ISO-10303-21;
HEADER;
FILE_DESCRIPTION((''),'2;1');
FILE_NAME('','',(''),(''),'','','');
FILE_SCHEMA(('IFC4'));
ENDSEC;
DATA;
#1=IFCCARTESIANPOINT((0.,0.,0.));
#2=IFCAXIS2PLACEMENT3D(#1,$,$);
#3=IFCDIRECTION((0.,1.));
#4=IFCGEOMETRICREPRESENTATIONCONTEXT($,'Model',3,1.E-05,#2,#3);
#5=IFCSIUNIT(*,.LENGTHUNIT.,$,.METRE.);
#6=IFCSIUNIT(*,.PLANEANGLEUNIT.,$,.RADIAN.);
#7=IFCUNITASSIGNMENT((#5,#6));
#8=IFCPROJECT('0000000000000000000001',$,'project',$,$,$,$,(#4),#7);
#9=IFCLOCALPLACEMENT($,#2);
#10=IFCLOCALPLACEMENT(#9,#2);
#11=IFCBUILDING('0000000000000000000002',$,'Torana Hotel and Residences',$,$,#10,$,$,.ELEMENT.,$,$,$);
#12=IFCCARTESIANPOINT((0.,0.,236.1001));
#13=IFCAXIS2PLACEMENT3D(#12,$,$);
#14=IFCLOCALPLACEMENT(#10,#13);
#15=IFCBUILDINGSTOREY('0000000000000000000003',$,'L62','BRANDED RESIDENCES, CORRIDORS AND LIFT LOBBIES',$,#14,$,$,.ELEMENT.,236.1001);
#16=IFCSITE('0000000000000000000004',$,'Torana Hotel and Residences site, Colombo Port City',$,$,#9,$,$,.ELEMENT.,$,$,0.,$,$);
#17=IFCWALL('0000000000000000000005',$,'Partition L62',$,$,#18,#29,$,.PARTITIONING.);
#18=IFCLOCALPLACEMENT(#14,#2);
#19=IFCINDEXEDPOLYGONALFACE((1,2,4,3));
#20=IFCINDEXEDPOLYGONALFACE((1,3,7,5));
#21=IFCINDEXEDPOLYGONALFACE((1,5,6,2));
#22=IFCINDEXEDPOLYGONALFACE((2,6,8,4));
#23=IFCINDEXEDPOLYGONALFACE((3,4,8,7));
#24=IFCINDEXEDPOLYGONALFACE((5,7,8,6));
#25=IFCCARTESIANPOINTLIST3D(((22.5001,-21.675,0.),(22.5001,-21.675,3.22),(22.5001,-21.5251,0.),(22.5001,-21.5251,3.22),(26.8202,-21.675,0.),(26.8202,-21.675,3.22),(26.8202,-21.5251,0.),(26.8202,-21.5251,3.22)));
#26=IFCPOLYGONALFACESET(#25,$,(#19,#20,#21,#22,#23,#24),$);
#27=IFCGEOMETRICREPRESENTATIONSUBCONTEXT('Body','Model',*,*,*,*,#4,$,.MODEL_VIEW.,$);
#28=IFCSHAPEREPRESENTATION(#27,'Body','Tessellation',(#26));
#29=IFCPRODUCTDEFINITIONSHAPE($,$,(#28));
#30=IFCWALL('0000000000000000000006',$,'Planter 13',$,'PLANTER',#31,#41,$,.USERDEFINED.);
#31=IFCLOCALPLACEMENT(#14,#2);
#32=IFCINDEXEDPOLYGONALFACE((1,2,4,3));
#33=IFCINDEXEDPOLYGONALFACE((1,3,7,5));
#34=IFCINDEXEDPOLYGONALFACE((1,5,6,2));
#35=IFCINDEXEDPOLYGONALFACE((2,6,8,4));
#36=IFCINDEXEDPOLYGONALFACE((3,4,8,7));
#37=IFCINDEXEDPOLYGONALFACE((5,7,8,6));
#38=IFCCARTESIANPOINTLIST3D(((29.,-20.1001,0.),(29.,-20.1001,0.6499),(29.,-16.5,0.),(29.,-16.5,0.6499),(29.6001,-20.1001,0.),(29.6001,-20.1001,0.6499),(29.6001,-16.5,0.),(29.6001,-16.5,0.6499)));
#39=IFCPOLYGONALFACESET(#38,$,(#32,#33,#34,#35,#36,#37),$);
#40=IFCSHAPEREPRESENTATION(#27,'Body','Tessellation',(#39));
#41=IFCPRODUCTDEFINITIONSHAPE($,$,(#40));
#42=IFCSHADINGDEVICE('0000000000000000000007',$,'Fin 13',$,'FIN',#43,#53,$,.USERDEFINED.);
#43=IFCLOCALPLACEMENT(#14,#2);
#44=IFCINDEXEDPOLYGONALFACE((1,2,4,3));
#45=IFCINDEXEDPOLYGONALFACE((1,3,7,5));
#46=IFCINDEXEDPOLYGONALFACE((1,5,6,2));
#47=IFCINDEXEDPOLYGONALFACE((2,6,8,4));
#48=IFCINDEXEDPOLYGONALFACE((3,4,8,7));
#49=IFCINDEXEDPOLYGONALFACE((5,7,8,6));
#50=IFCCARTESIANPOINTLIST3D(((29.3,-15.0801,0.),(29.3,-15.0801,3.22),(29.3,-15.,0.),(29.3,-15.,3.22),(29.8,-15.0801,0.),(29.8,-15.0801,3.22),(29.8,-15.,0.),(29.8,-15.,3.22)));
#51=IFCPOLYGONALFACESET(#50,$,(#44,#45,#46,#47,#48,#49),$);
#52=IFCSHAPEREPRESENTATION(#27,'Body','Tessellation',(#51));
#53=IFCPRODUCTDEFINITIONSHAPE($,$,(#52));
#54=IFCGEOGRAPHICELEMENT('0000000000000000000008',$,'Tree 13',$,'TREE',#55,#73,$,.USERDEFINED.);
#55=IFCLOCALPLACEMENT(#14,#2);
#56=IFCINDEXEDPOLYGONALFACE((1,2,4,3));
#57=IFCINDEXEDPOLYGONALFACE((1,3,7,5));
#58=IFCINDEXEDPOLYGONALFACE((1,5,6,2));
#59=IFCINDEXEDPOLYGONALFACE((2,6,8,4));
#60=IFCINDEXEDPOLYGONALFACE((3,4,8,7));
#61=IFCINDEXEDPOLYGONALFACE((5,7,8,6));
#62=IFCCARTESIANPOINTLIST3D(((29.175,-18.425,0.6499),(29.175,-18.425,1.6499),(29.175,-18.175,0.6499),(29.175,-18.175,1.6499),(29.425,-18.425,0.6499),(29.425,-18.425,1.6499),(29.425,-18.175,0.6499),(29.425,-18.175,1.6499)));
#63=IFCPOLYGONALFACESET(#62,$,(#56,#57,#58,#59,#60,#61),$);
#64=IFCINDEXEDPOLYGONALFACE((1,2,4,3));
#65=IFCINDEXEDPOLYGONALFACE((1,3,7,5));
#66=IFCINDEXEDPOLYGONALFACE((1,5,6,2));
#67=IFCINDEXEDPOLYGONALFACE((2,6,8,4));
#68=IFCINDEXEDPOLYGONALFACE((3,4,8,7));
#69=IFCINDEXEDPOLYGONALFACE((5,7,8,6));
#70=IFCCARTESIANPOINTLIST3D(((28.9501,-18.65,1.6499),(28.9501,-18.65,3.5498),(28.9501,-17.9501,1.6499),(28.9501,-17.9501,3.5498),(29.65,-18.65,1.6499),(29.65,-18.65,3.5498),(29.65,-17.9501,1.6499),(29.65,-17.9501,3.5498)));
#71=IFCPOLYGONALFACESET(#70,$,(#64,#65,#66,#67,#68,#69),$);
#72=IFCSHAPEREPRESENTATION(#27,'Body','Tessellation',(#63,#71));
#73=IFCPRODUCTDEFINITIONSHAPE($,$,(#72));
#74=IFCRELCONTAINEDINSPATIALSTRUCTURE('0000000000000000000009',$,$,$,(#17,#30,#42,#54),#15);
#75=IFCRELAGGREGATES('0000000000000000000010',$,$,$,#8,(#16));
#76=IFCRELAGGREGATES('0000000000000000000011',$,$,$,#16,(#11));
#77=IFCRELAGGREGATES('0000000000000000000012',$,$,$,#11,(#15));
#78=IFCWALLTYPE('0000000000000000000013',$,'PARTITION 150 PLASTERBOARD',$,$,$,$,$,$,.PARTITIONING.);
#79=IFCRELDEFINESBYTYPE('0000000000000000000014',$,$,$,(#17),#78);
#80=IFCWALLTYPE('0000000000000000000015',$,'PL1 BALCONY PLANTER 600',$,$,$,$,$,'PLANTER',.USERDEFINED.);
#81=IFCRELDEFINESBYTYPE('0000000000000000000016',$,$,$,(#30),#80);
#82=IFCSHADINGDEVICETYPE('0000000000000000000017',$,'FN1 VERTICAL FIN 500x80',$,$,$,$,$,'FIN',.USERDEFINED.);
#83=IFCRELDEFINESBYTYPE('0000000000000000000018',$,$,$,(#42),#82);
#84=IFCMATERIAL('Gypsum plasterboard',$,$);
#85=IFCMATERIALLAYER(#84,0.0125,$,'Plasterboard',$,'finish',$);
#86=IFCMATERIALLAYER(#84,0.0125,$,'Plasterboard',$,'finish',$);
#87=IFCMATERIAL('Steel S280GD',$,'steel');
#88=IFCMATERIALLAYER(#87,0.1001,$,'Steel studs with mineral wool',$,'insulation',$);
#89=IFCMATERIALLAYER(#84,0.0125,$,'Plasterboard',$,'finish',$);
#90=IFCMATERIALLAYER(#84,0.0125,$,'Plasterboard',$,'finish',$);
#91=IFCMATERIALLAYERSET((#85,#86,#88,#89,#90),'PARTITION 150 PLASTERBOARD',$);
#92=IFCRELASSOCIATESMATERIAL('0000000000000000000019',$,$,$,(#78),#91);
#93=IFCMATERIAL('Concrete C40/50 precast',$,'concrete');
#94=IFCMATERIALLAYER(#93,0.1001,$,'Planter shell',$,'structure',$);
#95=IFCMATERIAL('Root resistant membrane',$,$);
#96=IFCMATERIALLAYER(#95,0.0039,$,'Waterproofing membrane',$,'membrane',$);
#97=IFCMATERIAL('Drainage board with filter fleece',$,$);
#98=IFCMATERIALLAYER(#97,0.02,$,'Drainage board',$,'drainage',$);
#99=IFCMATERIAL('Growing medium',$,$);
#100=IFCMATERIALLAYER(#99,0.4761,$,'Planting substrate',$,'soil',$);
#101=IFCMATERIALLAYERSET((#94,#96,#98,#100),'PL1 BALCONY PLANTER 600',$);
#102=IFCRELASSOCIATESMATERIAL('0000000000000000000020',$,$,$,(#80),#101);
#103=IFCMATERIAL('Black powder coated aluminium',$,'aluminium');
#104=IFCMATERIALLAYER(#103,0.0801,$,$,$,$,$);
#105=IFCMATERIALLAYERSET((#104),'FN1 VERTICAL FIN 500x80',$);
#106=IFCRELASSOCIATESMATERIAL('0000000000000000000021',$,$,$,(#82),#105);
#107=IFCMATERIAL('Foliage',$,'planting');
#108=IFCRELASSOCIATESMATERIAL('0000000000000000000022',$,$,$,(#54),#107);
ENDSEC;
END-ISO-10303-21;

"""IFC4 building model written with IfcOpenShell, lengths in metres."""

from ifc_helpers import new_model, si_unit, direction, frame, frame_2d, origin, origin_2d, place, context, subcontext, project, spatial, rectangle, extrude, material, layer, layer_set, type_object, element, save


model = new_model("IFC4")

# Units and contexts
model_context = context("Model", 3, precision=1e-05, world=origin(), true_north=direction((0.0, 1.0)))
body_context = subcontext(model_context, "Body", "Model", "MODEL_VIEW")
ifc_project = project(units=[si_unit("LENGTHUNIT", "METRE"), si_unit("PLANEANGLEUNIT", "RADIAN")], contexts=[model_context])

# Site, building, storey
site_placement = place(None, origin())
site = spatial("IfcSite", under=ifc_project, at=site_placement, Name="Torana Hotel and Residences site, Colombo Port City", CompositionType="ELEMENT", RefElevation=0.0)
building_placement = place(site_placement, origin())
building = spatial("IfcBuilding", under=site, at=building_placement, Name="Torana Hotel and Residences", CompositionType="ELEMENT")
storey_placement = place(building_placement, frame((0.0, 0.0, 236.1001)))
storey = spatial("IfcBuildingStorey", under=building, at=storey_placement, Name="L62", Description="BRANDED RESIDENCES, CORRIDORS AND LIFT LOBBIES", CompositionType="ELEMENT", Elevation=236.1001)

# Walls
ifc_material_1 = material(Name="Gypsum plasterboard")
ifc_layer_1 = layer(ifc_material_1, 0.0125, Name="Plasterboard", Category="finish")
ifc_layer_2 = layer(ifc_material_1, 0.0125, Name="Plasterboard", Category="finish")
ifc_material_2 = material(Name="Steel S280GD", Category="steel")
ifc_layer_3 = layer(ifc_material_2, 0.1001, Name="Steel studs with mineral wool", Category="insulation")
ifc_layer_4 = layer(ifc_material_1, 0.0125, Name="Plasterboard", Category="finish")
ifc_layer_5 = layer(ifc_material_1, 0.0125, Name="Plasterboard", Category="finish")
ifc_layer_set_1 = layer_set([ifc_layer_1, ifc_layer_2, ifc_layer_3, ifc_layer_4, ifc_layer_5], Name="PARTITION 150 PLASTERBOARD")
wall_type_1 = type_object("IfcWallType", Name="PARTITION 150 PLASTERBOARD", PredefinedType="PARTITIONING", material=ifc_layer_set_1)
wall_1_placement = place(storey_placement, frame((22.5, -21.6001, 0.0), z_axis=(0.0, 0.0, 1.0), x_axis=(1.0, 0.0, 0.0)))
element("IfcWall", 1, at=wall_1_placement, inside=storey, type_object=wall_type_1, Name="Partition L62", PredefinedType="PARTITIONING", context=body_context, shape_type="SweptSolid", body=[
    extrude(rectangle(XDim=4.3201, YDim=0.1499, at=frame_2d((2.1602, 0.0))), origin(), (0.0, 0.0, 1.0), 3.22),
])
ifc_material_3 = material(Name="Concrete C40/50 precast", Category="concrete")
ifc_layer_6 = layer(ifc_material_3, 0.1001, Name="Planter shell", Category="structure")
ifc_material_4 = material(Name="Root resistant membrane")
ifc_layer_7 = layer(ifc_material_4, 0.0039, Name="Waterproofing membrane", Category="membrane")
ifc_material_5 = material(Name="Drainage board with filter fleece")
ifc_layer_8 = layer(ifc_material_5, 0.02, Name="Drainage board", Category="drainage")
ifc_material_6 = material(Name="Growing medium")
ifc_layer_9 = layer(ifc_material_6, 0.4761, Name="Planting substrate", Category="soil")
ifc_layer_set_2 = layer_set([ifc_layer_6, ifc_layer_7, ifc_layer_8, ifc_layer_9], Name="PL1 BALCONY PLANTER 600")
wall_type_2 = type_object("IfcWallType", Name="PL1 BALCONY PLANTER 600", ElementType="PLANTER", PredefinedType="USERDEFINED", material=ifc_layer_set_2)
wall_2_placement = place(storey_placement, frame((29.3, -16.5, 0.0), z_axis=(0.0, 0.0, 1.0), x_axis=(0.0, -1.0, 0.0)))
element("IfcWall", 2, at=wall_2_placement, inside=storey, type_object=wall_type_2, Name="Planter 13", ObjectType="PLANTER", PredefinedType="USERDEFINED", context=body_context, shape_type="SweptSolid", body=[
    extrude(rectangle(XDim=3.6001, YDim=0.6001, at=frame_2d((1.8, 0.0))), origin(), (0.0, 0.0, 1.0), 0.6499),
])

# Shading device
ifc_material_7 = material(Name="Black powder coated aluminium", Category="aluminium")
ifc_layer_10 = layer(ifc_material_7, 0.0801)
ifc_layer_set_3 = layer_set([ifc_layer_10], Name="FN1 VERTICAL FIN 500x80")
shading_device_type = type_object("IfcShadingDeviceType", Name="FN1 VERTICAL FIN 500x80", ElementType="FIN", PredefinedType="USERDEFINED", material=ifc_layer_set_3)
shading_device_placement = place(storey_placement, frame((29.55, -15.04, 0.0), z_axis=(0.0, 0.0, 1.0), x_axis=(0.0, -1.0, 0.0)))
element("IfcShadingDevice", 3, at=shading_device_placement, inside=storey, type_object=shading_device_type, Name="Fin 13", ObjectType="FIN", PredefinedType="USERDEFINED", context=body_context, shape_type="SweptSolid", body=[
    extrude(rectangle(XDim=0.0801, YDim=0.5, at=origin_2d()), origin(), (0.0, 0.0, 1.0), 3.22),
])

# Geographic element
ifc_material_8 = material(Name="Foliage", Category="planting")
geographic_element_placement = place(storey_placement, frame((29.3, -18.3, 0.6499), z_axis=(0.0, 0.0, 1.0), x_axis=(1.0, 0.0, 0.0)))
element("IfcGeographicElement", 4, at=geographic_element_placement, inside=storey, material=ifc_material_8, Name="Tree 13", ObjectType="TREE", PredefinedType="USERDEFINED", context=body_context, shape_type="SweptSolid", body=[
    extrude(rectangle(XDim=0.25, YDim=0.25, at=origin_2d()), origin(), (0.0, 0.0, 1.0), 1.0),
    extrude(rectangle(XDim=0.7, YDim=0.7, at=origin_2d()), frame((0.0, 0.0, 1.0)), (0.0, 0.0, 1.0), 1.8999),
])

save(model, "model.ifc")
